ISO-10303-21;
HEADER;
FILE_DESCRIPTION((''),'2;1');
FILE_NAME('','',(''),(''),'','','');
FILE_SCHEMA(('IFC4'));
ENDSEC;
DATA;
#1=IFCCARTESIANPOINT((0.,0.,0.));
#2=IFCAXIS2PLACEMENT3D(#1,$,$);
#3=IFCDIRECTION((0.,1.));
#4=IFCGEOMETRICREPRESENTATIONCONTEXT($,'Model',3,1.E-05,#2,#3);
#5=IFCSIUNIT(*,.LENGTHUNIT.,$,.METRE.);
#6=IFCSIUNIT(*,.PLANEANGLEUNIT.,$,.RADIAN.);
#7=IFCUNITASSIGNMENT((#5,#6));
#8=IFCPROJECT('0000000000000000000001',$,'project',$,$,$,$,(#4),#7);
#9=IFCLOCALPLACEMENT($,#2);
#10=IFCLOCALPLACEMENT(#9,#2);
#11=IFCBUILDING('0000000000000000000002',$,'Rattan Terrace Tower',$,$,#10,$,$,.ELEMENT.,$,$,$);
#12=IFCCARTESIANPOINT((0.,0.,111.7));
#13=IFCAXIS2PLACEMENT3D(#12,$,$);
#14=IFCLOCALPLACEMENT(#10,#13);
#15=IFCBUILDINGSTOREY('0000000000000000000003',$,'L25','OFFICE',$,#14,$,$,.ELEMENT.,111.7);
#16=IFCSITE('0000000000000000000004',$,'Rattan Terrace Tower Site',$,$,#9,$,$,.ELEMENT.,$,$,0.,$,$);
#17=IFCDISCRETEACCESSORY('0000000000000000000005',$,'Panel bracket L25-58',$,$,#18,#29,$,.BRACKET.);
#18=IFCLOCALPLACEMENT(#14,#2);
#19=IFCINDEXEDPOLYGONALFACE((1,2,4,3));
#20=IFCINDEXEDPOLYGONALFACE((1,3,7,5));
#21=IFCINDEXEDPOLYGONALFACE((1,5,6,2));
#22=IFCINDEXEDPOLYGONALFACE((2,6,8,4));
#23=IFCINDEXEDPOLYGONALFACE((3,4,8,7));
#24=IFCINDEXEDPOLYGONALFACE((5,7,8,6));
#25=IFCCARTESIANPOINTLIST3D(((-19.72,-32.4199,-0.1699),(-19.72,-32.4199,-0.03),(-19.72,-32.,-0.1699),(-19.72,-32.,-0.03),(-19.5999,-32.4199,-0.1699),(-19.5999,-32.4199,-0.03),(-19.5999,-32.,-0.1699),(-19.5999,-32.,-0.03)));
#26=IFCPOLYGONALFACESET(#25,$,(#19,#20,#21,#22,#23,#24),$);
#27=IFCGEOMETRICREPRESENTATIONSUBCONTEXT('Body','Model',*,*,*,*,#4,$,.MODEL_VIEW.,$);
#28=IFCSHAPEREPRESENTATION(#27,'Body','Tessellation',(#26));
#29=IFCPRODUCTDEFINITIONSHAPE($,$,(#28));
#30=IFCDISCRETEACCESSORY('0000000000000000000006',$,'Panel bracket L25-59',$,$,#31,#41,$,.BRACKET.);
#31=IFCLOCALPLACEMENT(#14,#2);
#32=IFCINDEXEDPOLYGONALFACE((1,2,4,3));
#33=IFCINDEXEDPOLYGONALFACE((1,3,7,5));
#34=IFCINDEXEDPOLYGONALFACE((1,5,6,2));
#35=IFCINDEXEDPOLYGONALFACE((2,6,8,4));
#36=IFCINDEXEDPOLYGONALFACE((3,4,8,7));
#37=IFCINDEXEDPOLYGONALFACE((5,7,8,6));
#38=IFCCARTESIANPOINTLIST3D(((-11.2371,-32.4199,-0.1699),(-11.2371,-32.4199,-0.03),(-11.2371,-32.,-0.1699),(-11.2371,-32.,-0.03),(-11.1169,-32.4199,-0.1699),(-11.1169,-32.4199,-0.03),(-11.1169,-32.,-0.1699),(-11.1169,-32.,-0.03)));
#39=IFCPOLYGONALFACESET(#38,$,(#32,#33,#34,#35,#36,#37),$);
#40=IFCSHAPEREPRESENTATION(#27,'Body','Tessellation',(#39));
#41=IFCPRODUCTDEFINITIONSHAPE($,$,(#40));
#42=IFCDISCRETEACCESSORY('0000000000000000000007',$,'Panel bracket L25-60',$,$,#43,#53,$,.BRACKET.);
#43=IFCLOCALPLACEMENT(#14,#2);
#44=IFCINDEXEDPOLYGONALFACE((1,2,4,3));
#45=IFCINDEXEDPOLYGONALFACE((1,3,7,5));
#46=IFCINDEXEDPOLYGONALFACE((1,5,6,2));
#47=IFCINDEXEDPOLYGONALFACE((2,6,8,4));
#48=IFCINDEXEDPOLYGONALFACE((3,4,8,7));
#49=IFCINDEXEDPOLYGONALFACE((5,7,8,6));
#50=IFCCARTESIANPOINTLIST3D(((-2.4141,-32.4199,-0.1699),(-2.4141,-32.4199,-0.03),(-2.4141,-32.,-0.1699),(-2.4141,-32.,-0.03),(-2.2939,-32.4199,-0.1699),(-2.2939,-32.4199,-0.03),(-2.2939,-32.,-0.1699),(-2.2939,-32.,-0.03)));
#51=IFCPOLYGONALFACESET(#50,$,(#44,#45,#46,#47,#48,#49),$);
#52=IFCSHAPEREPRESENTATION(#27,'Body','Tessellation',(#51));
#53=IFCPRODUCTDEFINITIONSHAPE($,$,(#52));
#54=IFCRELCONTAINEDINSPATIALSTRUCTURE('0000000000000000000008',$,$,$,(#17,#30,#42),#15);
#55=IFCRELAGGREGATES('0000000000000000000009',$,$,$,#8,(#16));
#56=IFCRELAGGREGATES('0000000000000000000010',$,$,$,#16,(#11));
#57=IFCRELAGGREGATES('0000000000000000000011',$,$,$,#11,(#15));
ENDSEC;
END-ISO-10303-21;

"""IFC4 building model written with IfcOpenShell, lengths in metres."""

from ifc_helpers import new_model, si_unit, direction, frame, origin, origin_2d, place, context, subcontext, project, spatial, rectangle, extrude, element, save


model = new_model("IFC4")

# Units and contexts
model_context = context("Model", 3, precision=1e-05, world=origin(), true_north=direction((0.0, 1.0)))
body_context = subcontext(model_context, "Body", "Model", "MODEL_VIEW")
ifc_project = project(units=[si_unit("LENGTHUNIT", "METRE"), si_unit("PLANEANGLEUNIT", "RADIAN")], contexts=[model_context])

# Site, building, storey
site_placement = place(None, origin())
site = spatial("IfcSite", under=ifc_project, at=site_placement, Name="Rattan Terrace Tower Site", CompositionType="ELEMENT", RefElevation=0.0)
building_placement = place(site_placement, origin())
building = spatial("IfcBuilding", under=site, at=building_placement, Name="Rattan Terrace Tower", CompositionType="ELEMENT")
storey_placement = place(building_placement, frame((0.0, 0.0, 111.7)))
storey = spatial("IfcBuildingStorey", under=building, at=storey_placement, Name="L25", Description="OFFICE", CompositionType="ELEMENT", Elevation=111.7)

# Discrete accessories
for number, where, z_axis, x_axis, name in (
    (1, (-19.6599, -32.21, -0.1699), (0.0, 0.0, 1.0), (1.0, 0.0, 0.0), "Panel bracket L25-58"),
    (2, (-11.177, -32.21, -0.1699), (0.0, 0.0, 1.0), (1.0, 0.0, 0.0), "Panel bracket L25-59"),
    (3, (-2.354, -32.21, -0.1699), (0.0, 0.0, 1.0), (1.0, 0.0, 0.0), "Panel bracket L25-60"),
):
    element("IfcDiscreteAccessory", number, at=place(storey_placement, frame(where, z_axis=z_axis, x_axis=x_axis)), inside=storey, Name=name, PredefinedType="BRACKET", context=body_context, shape_type="SweptSolid", body=[
        extrude(rectangle(XDim=0.1201, YDim=0.4199, at=origin_2d()), origin(), (0.0, 0.0, 1.0), 0.1399),
    ])

save(model, "model.ifc")
